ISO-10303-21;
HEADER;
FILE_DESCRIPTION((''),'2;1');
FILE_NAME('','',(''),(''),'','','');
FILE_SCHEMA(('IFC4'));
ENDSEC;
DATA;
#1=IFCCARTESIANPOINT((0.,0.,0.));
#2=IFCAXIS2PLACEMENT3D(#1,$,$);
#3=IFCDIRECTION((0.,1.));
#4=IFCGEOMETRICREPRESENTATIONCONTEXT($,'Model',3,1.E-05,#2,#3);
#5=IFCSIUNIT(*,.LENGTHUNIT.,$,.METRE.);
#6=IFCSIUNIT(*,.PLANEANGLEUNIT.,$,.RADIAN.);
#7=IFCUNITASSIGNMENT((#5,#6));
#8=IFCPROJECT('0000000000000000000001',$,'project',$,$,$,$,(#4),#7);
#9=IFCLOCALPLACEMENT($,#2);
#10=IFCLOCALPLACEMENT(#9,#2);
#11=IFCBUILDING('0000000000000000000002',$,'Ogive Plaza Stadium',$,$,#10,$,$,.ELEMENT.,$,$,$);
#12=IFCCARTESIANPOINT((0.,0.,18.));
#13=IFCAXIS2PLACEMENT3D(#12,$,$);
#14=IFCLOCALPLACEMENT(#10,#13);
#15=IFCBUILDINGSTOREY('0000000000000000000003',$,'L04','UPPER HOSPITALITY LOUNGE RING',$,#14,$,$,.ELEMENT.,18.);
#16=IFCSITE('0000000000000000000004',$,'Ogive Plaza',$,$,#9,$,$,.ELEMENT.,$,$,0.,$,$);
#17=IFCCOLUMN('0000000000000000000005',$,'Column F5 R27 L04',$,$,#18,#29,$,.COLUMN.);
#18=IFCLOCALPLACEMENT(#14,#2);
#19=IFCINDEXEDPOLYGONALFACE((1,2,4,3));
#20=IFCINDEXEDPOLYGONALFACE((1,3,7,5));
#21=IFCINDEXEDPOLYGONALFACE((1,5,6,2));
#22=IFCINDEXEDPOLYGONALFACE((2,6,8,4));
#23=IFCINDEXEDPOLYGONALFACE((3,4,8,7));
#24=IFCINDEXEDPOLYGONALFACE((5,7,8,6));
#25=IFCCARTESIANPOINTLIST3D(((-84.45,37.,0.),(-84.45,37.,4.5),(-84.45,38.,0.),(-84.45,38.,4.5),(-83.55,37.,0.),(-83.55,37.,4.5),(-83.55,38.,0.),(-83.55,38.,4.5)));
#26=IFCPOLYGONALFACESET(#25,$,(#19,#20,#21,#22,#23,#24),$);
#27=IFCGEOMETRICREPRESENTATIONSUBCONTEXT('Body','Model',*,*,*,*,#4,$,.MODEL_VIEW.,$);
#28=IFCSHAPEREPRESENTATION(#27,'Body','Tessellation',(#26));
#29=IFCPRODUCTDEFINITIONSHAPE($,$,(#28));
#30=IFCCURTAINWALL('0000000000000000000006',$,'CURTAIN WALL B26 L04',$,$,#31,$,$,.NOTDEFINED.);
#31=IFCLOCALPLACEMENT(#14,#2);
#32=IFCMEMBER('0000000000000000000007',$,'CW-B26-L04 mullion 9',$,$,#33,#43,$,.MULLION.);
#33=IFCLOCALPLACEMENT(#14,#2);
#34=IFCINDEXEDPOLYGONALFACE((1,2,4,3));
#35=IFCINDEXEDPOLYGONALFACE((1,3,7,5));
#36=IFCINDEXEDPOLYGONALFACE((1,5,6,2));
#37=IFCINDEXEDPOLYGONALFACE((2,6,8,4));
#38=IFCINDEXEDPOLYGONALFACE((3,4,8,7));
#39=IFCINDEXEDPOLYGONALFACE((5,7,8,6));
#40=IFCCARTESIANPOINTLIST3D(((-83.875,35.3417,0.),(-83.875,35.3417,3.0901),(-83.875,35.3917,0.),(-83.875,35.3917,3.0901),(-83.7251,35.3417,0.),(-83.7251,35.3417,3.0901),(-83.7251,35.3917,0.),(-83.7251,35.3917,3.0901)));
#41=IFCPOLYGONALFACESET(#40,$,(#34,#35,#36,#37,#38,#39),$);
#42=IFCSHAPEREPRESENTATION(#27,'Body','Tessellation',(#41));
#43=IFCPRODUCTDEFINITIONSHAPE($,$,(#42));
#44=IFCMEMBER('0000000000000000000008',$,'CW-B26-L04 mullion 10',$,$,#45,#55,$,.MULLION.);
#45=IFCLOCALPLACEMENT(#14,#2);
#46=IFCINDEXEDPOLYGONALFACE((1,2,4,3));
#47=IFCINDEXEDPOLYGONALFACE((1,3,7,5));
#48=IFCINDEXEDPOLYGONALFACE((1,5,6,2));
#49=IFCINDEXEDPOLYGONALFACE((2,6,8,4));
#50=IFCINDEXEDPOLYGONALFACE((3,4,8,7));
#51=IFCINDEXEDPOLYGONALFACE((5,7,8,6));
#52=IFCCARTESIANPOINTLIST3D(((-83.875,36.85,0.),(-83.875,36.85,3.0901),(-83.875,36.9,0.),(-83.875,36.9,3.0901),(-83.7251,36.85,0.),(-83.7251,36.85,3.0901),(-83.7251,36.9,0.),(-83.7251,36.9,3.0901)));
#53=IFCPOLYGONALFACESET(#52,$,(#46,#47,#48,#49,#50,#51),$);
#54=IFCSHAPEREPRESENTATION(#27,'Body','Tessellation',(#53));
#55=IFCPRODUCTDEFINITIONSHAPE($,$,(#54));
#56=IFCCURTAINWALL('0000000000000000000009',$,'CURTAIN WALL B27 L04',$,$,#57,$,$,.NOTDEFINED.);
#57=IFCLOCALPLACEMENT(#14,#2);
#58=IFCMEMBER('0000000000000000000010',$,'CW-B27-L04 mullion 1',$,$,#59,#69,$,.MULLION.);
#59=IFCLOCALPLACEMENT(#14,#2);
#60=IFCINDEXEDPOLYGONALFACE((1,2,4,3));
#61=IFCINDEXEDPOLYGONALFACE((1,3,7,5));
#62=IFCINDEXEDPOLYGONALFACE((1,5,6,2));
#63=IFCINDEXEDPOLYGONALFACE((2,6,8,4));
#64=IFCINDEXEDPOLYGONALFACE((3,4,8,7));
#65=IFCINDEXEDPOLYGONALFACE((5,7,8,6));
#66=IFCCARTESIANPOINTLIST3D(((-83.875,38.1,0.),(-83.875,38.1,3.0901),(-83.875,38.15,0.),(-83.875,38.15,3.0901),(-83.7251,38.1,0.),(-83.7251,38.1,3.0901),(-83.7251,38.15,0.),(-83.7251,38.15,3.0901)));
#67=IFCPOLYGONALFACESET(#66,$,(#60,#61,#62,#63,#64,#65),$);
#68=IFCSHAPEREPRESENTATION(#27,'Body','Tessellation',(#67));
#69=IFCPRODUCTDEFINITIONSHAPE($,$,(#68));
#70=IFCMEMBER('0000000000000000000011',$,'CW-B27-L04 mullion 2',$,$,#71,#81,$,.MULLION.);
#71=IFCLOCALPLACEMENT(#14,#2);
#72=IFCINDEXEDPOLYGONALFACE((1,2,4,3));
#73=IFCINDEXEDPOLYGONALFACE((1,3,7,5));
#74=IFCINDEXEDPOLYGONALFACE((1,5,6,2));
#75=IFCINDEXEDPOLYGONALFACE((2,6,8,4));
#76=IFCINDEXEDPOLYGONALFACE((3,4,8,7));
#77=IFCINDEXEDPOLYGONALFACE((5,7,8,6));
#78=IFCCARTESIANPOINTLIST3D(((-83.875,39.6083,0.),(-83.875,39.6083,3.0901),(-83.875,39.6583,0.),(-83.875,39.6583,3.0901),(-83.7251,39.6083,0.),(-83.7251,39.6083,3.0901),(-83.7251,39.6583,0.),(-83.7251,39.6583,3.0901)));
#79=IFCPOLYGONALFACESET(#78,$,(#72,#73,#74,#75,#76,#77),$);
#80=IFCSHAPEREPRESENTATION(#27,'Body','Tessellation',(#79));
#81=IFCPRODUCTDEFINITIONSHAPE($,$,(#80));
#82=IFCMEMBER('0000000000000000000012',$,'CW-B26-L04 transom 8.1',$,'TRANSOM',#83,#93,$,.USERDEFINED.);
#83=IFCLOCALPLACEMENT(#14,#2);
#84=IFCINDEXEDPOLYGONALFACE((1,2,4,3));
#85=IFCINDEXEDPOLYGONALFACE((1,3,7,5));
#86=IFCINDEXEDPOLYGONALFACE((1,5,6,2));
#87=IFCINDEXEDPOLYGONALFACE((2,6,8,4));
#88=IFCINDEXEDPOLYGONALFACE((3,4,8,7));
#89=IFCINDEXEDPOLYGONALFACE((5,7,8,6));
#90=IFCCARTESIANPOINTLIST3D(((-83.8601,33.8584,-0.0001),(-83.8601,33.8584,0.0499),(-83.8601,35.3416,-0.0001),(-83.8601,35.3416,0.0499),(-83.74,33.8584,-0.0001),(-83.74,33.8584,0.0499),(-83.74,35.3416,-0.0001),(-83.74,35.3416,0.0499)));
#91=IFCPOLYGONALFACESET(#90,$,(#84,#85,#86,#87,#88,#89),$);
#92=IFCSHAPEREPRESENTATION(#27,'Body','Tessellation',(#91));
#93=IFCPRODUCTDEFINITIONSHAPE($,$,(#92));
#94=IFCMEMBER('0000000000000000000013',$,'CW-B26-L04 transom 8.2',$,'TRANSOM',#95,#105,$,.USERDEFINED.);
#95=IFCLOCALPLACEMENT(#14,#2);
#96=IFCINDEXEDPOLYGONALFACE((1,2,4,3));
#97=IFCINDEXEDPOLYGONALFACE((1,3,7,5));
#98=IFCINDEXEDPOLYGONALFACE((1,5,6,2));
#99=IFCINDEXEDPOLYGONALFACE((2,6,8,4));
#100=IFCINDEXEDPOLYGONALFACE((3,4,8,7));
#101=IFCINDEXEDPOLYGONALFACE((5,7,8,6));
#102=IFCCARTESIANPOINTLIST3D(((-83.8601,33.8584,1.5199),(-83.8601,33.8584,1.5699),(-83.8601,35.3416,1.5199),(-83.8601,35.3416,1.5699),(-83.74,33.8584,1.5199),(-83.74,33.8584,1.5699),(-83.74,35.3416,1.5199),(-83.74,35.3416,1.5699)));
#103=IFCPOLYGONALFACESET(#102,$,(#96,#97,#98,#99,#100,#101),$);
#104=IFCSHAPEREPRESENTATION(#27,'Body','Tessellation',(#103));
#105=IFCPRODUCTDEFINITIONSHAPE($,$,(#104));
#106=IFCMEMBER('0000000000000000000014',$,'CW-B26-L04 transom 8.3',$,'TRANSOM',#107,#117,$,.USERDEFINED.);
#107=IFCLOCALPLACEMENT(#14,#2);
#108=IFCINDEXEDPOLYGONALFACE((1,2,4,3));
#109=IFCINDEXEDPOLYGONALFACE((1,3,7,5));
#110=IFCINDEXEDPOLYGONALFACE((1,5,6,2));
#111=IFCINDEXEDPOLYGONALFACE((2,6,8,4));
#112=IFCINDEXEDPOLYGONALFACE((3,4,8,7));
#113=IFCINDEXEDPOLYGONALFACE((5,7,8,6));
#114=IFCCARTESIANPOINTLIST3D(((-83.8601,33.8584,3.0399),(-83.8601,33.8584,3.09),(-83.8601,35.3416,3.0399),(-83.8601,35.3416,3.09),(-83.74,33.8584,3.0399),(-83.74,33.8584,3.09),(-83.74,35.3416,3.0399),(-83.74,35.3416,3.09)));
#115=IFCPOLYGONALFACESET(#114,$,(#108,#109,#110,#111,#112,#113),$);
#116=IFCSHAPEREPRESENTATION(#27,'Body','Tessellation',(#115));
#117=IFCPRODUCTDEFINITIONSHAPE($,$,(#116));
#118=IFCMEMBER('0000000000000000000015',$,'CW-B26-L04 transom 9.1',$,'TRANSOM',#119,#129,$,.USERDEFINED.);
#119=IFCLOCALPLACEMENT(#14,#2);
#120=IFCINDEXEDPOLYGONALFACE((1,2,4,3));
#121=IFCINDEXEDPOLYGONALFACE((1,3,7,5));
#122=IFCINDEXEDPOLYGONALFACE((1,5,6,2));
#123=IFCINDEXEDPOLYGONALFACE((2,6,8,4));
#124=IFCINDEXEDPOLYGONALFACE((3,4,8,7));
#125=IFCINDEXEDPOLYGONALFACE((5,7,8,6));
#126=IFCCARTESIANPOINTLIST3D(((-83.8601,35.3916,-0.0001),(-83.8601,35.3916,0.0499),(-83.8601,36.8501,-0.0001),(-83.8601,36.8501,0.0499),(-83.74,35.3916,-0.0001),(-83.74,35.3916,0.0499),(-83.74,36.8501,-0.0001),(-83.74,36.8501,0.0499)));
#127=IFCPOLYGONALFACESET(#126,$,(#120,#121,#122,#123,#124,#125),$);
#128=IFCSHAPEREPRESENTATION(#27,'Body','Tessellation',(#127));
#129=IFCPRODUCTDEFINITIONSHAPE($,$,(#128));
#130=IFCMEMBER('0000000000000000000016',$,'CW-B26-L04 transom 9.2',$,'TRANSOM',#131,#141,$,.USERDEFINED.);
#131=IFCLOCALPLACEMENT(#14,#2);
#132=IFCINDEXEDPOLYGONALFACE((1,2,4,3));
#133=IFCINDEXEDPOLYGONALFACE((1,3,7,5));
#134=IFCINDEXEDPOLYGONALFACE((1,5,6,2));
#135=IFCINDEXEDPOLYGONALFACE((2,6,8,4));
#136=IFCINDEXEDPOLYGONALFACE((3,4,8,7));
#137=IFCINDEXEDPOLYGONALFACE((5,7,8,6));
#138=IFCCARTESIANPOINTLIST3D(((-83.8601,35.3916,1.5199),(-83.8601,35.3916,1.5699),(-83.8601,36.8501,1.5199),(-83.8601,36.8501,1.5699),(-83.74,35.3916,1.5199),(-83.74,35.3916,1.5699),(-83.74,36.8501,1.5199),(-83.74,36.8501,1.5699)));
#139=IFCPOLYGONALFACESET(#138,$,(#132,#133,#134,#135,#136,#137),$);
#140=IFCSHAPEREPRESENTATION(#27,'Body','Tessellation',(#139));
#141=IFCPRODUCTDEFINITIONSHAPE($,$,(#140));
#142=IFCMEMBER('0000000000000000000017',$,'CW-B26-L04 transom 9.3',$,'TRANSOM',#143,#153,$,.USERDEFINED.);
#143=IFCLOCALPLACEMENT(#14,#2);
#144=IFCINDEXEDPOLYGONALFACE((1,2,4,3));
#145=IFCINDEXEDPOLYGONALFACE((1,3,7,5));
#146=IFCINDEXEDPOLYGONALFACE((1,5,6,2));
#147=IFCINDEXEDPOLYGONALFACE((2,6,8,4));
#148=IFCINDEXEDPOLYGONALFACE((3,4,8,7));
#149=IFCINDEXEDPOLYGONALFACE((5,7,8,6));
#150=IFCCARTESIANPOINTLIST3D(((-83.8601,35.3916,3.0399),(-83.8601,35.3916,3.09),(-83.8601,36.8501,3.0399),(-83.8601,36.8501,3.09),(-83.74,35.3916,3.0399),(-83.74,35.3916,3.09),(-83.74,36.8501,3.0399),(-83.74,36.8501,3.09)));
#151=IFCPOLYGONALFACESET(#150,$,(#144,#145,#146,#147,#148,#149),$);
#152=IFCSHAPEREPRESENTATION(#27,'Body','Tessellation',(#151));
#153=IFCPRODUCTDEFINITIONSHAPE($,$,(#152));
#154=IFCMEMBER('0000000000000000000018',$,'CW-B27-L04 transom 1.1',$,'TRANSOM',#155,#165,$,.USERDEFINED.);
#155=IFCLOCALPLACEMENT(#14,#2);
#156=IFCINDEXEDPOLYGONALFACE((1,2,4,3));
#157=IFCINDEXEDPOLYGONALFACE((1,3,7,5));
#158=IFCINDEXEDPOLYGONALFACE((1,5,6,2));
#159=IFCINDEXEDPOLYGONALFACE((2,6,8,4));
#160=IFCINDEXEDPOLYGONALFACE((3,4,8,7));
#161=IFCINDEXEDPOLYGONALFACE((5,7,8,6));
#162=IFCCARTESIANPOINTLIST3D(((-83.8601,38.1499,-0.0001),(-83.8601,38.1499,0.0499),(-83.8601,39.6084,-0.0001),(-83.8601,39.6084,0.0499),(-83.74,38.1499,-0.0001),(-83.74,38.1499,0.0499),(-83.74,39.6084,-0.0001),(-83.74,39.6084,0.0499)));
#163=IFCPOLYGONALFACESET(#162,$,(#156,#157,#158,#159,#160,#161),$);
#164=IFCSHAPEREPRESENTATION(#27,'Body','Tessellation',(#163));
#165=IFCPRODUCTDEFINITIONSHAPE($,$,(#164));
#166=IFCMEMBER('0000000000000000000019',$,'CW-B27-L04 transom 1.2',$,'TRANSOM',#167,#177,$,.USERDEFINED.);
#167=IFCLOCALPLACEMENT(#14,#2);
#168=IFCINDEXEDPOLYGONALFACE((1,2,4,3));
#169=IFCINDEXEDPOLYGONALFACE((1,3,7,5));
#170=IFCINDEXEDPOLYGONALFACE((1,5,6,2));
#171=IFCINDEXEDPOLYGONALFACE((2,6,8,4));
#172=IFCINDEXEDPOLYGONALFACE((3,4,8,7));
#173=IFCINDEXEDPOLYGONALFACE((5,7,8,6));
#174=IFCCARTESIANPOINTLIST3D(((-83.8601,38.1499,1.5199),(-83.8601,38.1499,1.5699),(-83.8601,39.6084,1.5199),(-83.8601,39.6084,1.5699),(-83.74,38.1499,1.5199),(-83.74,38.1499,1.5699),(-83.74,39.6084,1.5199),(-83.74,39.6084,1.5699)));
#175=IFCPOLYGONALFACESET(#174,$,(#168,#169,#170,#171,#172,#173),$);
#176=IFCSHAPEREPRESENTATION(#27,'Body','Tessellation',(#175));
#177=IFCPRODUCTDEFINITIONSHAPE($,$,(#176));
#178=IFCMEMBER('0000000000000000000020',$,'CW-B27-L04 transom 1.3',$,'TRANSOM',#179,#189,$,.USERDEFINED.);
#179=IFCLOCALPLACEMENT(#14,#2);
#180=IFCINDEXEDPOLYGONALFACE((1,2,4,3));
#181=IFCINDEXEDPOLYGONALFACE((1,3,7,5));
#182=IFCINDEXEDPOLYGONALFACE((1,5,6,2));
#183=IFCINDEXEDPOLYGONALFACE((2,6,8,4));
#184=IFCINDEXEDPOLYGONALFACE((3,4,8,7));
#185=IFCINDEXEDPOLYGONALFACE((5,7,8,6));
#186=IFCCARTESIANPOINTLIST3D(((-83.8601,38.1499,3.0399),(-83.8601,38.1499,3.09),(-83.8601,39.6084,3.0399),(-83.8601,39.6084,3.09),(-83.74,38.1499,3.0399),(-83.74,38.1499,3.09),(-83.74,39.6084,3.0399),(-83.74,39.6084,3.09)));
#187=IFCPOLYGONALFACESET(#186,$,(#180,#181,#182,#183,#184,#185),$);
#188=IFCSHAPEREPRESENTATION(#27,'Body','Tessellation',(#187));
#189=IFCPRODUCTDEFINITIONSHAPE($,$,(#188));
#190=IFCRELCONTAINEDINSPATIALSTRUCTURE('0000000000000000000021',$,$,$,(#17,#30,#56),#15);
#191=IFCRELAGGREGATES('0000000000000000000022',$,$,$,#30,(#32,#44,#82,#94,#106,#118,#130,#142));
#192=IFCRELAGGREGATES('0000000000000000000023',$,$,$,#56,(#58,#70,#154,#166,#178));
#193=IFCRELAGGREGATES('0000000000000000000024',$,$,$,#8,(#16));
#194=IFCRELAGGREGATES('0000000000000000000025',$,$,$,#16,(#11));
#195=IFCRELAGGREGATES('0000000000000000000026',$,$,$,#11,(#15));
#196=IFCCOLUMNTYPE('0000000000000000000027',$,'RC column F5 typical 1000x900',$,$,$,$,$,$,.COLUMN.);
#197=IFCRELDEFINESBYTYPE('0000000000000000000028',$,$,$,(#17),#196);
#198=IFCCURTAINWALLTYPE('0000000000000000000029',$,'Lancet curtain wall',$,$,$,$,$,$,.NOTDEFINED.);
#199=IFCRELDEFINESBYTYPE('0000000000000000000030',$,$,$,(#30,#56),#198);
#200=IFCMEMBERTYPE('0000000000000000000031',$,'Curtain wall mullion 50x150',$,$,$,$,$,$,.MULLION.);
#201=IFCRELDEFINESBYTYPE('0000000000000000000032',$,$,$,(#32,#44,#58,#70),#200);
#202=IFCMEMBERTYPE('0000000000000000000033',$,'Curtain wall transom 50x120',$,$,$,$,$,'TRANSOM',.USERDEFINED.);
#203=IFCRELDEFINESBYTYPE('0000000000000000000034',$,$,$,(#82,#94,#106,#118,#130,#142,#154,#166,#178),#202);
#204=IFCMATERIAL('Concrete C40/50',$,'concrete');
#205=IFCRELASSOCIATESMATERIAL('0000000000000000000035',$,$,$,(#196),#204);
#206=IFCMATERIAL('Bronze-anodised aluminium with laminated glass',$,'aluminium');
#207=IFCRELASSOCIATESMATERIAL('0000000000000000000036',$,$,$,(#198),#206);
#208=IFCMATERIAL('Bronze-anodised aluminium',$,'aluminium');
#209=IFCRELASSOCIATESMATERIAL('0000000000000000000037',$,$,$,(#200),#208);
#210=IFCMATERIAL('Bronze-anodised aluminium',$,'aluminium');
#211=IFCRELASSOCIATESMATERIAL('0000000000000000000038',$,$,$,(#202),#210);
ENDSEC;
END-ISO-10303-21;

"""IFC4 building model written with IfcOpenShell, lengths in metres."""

from ifc_helpers import new_model, si_unit, direction, frame, origin, origin_2d, place, context, subcontext, project, spatial, rectangle, extrude, material, material_profile, profile_set, type_object, element, aggregate, save


model = new_model("IFC4")

# Units and contexts
model_context = context("Model", 3, precision=1e-05, world=origin(), true_north=direction((0.0, 1.0)))
body_context = subcontext(model_context, "Body", "Model", "MODEL_VIEW")
ifc_project = project(units=[si_unit("LENGTHUNIT", "METRE"), si_unit("PLANEANGLEUNIT", "RADIAN")], contexts=[model_context])

# Site, building, storey
site_placement = place(None, origin())
site = spatial("IfcSite", under=ifc_project, at=site_placement, Name="Ogive Plaza", CompositionType="ELEMENT", RefElevation=0.0)
building_placement = place(site_placement, origin())
building = spatial("IfcBuilding", under=site, at=building_placement, Name="Ogive Plaza Stadium", CompositionType="ELEMENT")
storey_placement = place(building_placement, frame((0.0, 0.0, 18.0)))
storey = spatial("IfcBuildingStorey", under=building, at=storey_placement, Name="L04", Description="UPPER HOSPITALITY LOUNGE RING", CompositionType="ELEMENT", Elevation=18.0)

# Column
ifc_material_1 = material(Name="Concrete C40/50", Category="concrete")
ifc_material_profile_1 = material_profile(ifc_material_1, rectangle(XDim=1.0, YDim=0.8999, at=origin_2d()), Name="RC 1000x900")
ifc_profile_set_1 = profile_set([ifc_material_profile_1], Name="Concrete C40/50")
column_type = type_object("IfcColumnType", Name="RC column F5 typical 1000x900", PredefinedType="COLUMN", material=ifc_profile_set_1)
column_placement = place(storey_placement, frame((-84.0, 37.5, 0.0), z_axis=(0.0, 0.0, 1.0), x_axis=(0.0, -1.0, 0.0)))
element("IfcColumn", 1, at=column_placement, inside=storey, type_object=column_type, Name="Column F5 R27 L04", PredefinedType="COLUMN", context=body_context, shape_type="SweptSolid", body=[
    extrude(rectangle(XDim=1.0, YDim=0.8999, at=origin_2d()), origin(), (0.0, 0.0, 1.0), 4.5),
])

# Curtain walls, members
ifc_material_2 = material(Name="Bronze-anodised aluminium with laminated glass", Category="aluminium")
curtain_wall_type = type_object("IfcCurtainWallType", Name="Lancet curtain wall", PredefinedType="NOTDEFINED", material=ifc_material_2)
curtain_wall_1_placement = place(storey_placement, origin())
curtain_wall_1 = element("IfcCurtainWall", 2, at=curtain_wall_1_placement, inside=storey, type_object=curtain_wall_type, Name="CURTAIN WALL B26 L04", PredefinedType="NOTDEFINED")
ifc_material_3 = material(Name="Bronze-anodised aluminium", Category="aluminium")
ifc_material_profile_2 = material_profile(ifc_material_3, rectangle(XDim=0.1499, YDim=0.05, at=origin_2d()), Name="AL 150x50")
ifc_profile_set_2 = profile_set([ifc_material_profile_2], Name="Bronze-anodised aluminium")
member_type_1 = type_object("IfcMemberType", Name="Curtain wall mullion 50x150", PredefinedType="MULLION", material=ifc_profile_set_2)
member_1_placement = place(storey_placement, frame((-83.8, 35.3667, 0.0), z_axis=(0.0, 0.0, 1.0), x_axis=(-1.0, 0.0, 0.0)))
member_1 = element("IfcMember", 3, at=member_1_placement, type_object=member_type_1, Name="CW-B26-L04 mullion 9", PredefinedType="MULLION", context=body_context, shape_type="SweptSolid", body=[
    extrude(rectangle(XDim=0.1499, YDim=0.05, at=origin_2d()), origin(), (0.0, 0.0, 1.0), 3.0901),
])
member_2_placement = place(storey_placement, frame((-83.8, 36.875, 0.0), z_axis=(0.0, 0.0, 1.0), x_axis=(-1.0, 0.0, 0.0)))
member_2 = element("IfcMember", 4, at=member_2_placement, type_object=member_type_1, Name="CW-B26-L04 mullion 10", PredefinedType="MULLION", context=body_context, shape_type="SweptSolid", body=[
    extrude(rectangle(XDim=0.1499, YDim=0.05, at=origin_2d()), origin(), (0.0, 0.0, 1.0), 3.0901),
])
curtain_wall_2_placement = place(storey_placement, origin())
curtain_wall_2 = element("IfcCurtainWall", 5, at=curtain_wall_2_placement, inside=storey, type_object=curtain_wall_type, Name="CURTAIN WALL B27 L04", PredefinedType="NOTDEFINED")
member_3_placement = place(storey_placement, frame((-83.8, 38.125, 0.0), z_axis=(0.0, 0.0, 1.0), x_axis=(-1.0, 0.0, 0.0)))
member_3 = element("IfcMember", 6, at=member_3_placement, type_object=member_type_1, Name="CW-B27-L04 mullion 1", PredefinedType="MULLION", context=body_context, shape_type="SweptSolid", body=[
    extrude(rectangle(XDim=0.1499, YDim=0.05, at=origin_2d()), origin(), (0.0, 0.0, 1.0), 3.0901),
])
member_4_placement = place(storey_placement, frame((-83.8, 39.6333, 0.0), z_axis=(0.0, 0.0, 1.0), x_axis=(-1.0, 0.0, 0.0)))
member_4 = element("IfcMember", 7, at=member_4_placement, type_object=member_type_1, Name="CW-B27-L04 mullion 2", PredefinedType="MULLION", context=body_context, shape_type="SweptSolid", body=[
    extrude(rectangle(XDim=0.1499, YDim=0.05, at=origin_2d()), origin(), (0.0, 0.0, 1.0), 3.0901),
])

# Members
ifc_material_4 = material(Name="Bronze-anodised aluminium", Category="aluminium")
ifc_material_profile_3 = material_profile(ifc_material_4, rectangle(XDim=0.1201, YDim=0.05, at=origin_2d()), Name="AL 120x50")
ifc_profile_set_3 = profile_set([ifc_material_profile_3], Name="Bronze-anodised aluminium")
member_type_2 = type_object("IfcMemberType", Name="Curtain wall transom 50x120", ElementType="TRANSOM", PredefinedType="USERDEFINED", material=ifc_profile_set_3)
member_5_placement = place(storey_placement, frame((-83.8, 33.8584, 0.0249), z_axis=(0.0, 1.0, 0.0), x_axis=(-1.0, 0.0, 0.0)))
member_5 = element("IfcMember", 8, at=member_5_placement, type_object=member_type_2, Name="CW-B26-L04 transom 8.1", ObjectType="TRANSOM", PredefinedType="USERDEFINED", context=body_context, shape_type="SweptSolid", body=[
    extrude(rectangle(XDim=0.1201, YDim=0.05, at=origin_2d()), origin(), (0.0, 0.0, 1.0), 1.4832),
])
member_6_placement = place(storey_placement, frame((-83.8, 33.8584, 1.5449), z_axis=(0.0, 1.0, 0.0), x_axis=(-1.0, 0.0, 0.0)))
member_6 = element("IfcMember", 9, at=member_6_placement, type_object=member_type_2, Name="CW-B26-L04 transom 8.2", ObjectType="TRANSOM", PredefinedType="USERDEFINED", context=body_context, shape_type="SweptSolid", body=[
    extrude(rectangle(XDim=0.1201, YDim=0.05, at=origin_2d()), origin(), (0.0, 0.0, 1.0), 1.4832),
])
member_7_placement = place(storey_placement, frame((-83.8, 33.8584, 3.0649), z_axis=(0.0, 1.0, 0.0), x_axis=(-1.0, 0.0, 0.0)))
member_7 = element("IfcMember", 10, at=member_7_placement, type_object=member_type_2, Name="CW-B26-L04 transom 8.3", ObjectType="TRANSOM", PredefinedType="USERDEFINED", context=body_context, shape_type="SweptSolid", body=[
    extrude(rectangle(XDim=0.1201, YDim=0.05, at=origin_2d()), origin(), (0.0, 0.0, 1.0), 1.4832),
])
member_8_placement = place(storey_placement, frame((-83.8, 35.3916, 0.0249), z_axis=(0.0, 1.0, 0.0), x_axis=(-1.0, 0.0, 0.0)))
member_8 = element("IfcMember", 11, at=member_8_placement, type_object=member_type_2, Name="CW-B26-L04 transom 9.1", ObjectType="TRANSOM", PredefinedType="USERDEFINED", context=body_context, shape_type="SweptSolid", body=[
    extrude(rectangle(XDim=0.1201, YDim=0.05, at=origin_2d()), origin(), (0.0, 0.0, 1.0), 1.4585),
])
member_9_placement = place(storey_placement, frame((-83.8, 35.3916, 1.5449), z_axis=(0.0, 1.0, 0.0), x_axis=(-1.0, 0.0, 0.0)))
member_9 = element("IfcMember", 12, at=member_9_placement, type_object=member_type_2, Name="CW-B26-L04 transom 9.2", ObjectType="TRANSOM", PredefinedType="USERDEFINED", context=body_context, shape_type="SweptSolid", body=[
    extrude(rectangle(XDim=0.1201, YDim=0.05, at=origin_2d()), origin(), (0.0, 0.0, 1.0), 1.4585),
])
member_10_placement = place(storey_placement, frame((-83.8, 35.3916, 3.0649), z_axis=(0.0, 1.0, 0.0), x_axis=(-1.0, 0.0, 0.0)))
member_10 = element("IfcMember", 13, at=member_10_placement, type_object=member_type_2, Name="CW-B26-L04 transom 9.3", ObjectType="TRANSOM", PredefinedType="USERDEFINED", context=body_context, shape_type="SweptSolid", body=[
    extrude(rectangle(XDim=0.1201, YDim=0.05, at=origin_2d()), origin(), (0.0, 0.0, 1.0), 1.4585),
])
member_11_placement = place(storey_placement, frame((-83.8, 38.1499, 0.0249), z_axis=(0.0, 1.0, 0.0), x_axis=(-1.0, 0.0, 0.0)))
member_11 = element("IfcMember", 14, at=member_11_placement, type_object=member_type_2, Name="CW-B27-L04 transom 1.1", ObjectType="TRANSOM", PredefinedType="USERDEFINED", context=body_context, shape_type="SweptSolid", body=[
    extrude(rectangle(XDim=0.1201, YDim=0.05, at=origin_2d()), origin(), (0.0, 0.0, 1.0), 1.4585),
])
member_12_placement = place(storey_placement, frame((-83.8, 38.1499, 1.5449), z_axis=(0.0, 1.0, 0.0), x_axis=(-1.0, 0.0, 0.0)))
member_12 = element("IfcMember", 15, at=member_12_placement, type_object=member_type_2, Name="CW-B27-L04 transom 1.2", ObjectType="TRANSOM", PredefinedType="USERDEFINED", context=body_context, shape_type="SweptSolid", body=[
    extrude(rectangle(XDim=0.1201, YDim=0.05, at=origin_2d()), origin(), (0.0, 0.0, 1.0), 1.4585),
])
member_13_placement = place(storey_placement, frame((-83.8, 38.1499, 3.0649), z_axis=(0.0, 1.0, 0.0), x_axis=(-1.0, 0.0, 0.0)))
member_13 = element("IfcMember", 16, at=member_13_placement, type_object=member_type_2, Name="CW-B27-L04 transom 1.3", ObjectType="TRANSOM", PredefinedType="USERDEFINED", context=body_context, shape_type="SweptSolid", body=[
    extrude(rectangle(XDim=0.1201, YDim=0.05, at=origin_2d()), origin(), (0.0, 0.0, 1.0), 1.4585),
])

aggregate(curtain_wall_1, [member_1, member_2, member_5, member_6, member_7, member_8, member_9, member_10])
aggregate(curtain_wall_2, [member_3, member_4, member_11, member_12, member_13])

save(model, "model.ifc")
